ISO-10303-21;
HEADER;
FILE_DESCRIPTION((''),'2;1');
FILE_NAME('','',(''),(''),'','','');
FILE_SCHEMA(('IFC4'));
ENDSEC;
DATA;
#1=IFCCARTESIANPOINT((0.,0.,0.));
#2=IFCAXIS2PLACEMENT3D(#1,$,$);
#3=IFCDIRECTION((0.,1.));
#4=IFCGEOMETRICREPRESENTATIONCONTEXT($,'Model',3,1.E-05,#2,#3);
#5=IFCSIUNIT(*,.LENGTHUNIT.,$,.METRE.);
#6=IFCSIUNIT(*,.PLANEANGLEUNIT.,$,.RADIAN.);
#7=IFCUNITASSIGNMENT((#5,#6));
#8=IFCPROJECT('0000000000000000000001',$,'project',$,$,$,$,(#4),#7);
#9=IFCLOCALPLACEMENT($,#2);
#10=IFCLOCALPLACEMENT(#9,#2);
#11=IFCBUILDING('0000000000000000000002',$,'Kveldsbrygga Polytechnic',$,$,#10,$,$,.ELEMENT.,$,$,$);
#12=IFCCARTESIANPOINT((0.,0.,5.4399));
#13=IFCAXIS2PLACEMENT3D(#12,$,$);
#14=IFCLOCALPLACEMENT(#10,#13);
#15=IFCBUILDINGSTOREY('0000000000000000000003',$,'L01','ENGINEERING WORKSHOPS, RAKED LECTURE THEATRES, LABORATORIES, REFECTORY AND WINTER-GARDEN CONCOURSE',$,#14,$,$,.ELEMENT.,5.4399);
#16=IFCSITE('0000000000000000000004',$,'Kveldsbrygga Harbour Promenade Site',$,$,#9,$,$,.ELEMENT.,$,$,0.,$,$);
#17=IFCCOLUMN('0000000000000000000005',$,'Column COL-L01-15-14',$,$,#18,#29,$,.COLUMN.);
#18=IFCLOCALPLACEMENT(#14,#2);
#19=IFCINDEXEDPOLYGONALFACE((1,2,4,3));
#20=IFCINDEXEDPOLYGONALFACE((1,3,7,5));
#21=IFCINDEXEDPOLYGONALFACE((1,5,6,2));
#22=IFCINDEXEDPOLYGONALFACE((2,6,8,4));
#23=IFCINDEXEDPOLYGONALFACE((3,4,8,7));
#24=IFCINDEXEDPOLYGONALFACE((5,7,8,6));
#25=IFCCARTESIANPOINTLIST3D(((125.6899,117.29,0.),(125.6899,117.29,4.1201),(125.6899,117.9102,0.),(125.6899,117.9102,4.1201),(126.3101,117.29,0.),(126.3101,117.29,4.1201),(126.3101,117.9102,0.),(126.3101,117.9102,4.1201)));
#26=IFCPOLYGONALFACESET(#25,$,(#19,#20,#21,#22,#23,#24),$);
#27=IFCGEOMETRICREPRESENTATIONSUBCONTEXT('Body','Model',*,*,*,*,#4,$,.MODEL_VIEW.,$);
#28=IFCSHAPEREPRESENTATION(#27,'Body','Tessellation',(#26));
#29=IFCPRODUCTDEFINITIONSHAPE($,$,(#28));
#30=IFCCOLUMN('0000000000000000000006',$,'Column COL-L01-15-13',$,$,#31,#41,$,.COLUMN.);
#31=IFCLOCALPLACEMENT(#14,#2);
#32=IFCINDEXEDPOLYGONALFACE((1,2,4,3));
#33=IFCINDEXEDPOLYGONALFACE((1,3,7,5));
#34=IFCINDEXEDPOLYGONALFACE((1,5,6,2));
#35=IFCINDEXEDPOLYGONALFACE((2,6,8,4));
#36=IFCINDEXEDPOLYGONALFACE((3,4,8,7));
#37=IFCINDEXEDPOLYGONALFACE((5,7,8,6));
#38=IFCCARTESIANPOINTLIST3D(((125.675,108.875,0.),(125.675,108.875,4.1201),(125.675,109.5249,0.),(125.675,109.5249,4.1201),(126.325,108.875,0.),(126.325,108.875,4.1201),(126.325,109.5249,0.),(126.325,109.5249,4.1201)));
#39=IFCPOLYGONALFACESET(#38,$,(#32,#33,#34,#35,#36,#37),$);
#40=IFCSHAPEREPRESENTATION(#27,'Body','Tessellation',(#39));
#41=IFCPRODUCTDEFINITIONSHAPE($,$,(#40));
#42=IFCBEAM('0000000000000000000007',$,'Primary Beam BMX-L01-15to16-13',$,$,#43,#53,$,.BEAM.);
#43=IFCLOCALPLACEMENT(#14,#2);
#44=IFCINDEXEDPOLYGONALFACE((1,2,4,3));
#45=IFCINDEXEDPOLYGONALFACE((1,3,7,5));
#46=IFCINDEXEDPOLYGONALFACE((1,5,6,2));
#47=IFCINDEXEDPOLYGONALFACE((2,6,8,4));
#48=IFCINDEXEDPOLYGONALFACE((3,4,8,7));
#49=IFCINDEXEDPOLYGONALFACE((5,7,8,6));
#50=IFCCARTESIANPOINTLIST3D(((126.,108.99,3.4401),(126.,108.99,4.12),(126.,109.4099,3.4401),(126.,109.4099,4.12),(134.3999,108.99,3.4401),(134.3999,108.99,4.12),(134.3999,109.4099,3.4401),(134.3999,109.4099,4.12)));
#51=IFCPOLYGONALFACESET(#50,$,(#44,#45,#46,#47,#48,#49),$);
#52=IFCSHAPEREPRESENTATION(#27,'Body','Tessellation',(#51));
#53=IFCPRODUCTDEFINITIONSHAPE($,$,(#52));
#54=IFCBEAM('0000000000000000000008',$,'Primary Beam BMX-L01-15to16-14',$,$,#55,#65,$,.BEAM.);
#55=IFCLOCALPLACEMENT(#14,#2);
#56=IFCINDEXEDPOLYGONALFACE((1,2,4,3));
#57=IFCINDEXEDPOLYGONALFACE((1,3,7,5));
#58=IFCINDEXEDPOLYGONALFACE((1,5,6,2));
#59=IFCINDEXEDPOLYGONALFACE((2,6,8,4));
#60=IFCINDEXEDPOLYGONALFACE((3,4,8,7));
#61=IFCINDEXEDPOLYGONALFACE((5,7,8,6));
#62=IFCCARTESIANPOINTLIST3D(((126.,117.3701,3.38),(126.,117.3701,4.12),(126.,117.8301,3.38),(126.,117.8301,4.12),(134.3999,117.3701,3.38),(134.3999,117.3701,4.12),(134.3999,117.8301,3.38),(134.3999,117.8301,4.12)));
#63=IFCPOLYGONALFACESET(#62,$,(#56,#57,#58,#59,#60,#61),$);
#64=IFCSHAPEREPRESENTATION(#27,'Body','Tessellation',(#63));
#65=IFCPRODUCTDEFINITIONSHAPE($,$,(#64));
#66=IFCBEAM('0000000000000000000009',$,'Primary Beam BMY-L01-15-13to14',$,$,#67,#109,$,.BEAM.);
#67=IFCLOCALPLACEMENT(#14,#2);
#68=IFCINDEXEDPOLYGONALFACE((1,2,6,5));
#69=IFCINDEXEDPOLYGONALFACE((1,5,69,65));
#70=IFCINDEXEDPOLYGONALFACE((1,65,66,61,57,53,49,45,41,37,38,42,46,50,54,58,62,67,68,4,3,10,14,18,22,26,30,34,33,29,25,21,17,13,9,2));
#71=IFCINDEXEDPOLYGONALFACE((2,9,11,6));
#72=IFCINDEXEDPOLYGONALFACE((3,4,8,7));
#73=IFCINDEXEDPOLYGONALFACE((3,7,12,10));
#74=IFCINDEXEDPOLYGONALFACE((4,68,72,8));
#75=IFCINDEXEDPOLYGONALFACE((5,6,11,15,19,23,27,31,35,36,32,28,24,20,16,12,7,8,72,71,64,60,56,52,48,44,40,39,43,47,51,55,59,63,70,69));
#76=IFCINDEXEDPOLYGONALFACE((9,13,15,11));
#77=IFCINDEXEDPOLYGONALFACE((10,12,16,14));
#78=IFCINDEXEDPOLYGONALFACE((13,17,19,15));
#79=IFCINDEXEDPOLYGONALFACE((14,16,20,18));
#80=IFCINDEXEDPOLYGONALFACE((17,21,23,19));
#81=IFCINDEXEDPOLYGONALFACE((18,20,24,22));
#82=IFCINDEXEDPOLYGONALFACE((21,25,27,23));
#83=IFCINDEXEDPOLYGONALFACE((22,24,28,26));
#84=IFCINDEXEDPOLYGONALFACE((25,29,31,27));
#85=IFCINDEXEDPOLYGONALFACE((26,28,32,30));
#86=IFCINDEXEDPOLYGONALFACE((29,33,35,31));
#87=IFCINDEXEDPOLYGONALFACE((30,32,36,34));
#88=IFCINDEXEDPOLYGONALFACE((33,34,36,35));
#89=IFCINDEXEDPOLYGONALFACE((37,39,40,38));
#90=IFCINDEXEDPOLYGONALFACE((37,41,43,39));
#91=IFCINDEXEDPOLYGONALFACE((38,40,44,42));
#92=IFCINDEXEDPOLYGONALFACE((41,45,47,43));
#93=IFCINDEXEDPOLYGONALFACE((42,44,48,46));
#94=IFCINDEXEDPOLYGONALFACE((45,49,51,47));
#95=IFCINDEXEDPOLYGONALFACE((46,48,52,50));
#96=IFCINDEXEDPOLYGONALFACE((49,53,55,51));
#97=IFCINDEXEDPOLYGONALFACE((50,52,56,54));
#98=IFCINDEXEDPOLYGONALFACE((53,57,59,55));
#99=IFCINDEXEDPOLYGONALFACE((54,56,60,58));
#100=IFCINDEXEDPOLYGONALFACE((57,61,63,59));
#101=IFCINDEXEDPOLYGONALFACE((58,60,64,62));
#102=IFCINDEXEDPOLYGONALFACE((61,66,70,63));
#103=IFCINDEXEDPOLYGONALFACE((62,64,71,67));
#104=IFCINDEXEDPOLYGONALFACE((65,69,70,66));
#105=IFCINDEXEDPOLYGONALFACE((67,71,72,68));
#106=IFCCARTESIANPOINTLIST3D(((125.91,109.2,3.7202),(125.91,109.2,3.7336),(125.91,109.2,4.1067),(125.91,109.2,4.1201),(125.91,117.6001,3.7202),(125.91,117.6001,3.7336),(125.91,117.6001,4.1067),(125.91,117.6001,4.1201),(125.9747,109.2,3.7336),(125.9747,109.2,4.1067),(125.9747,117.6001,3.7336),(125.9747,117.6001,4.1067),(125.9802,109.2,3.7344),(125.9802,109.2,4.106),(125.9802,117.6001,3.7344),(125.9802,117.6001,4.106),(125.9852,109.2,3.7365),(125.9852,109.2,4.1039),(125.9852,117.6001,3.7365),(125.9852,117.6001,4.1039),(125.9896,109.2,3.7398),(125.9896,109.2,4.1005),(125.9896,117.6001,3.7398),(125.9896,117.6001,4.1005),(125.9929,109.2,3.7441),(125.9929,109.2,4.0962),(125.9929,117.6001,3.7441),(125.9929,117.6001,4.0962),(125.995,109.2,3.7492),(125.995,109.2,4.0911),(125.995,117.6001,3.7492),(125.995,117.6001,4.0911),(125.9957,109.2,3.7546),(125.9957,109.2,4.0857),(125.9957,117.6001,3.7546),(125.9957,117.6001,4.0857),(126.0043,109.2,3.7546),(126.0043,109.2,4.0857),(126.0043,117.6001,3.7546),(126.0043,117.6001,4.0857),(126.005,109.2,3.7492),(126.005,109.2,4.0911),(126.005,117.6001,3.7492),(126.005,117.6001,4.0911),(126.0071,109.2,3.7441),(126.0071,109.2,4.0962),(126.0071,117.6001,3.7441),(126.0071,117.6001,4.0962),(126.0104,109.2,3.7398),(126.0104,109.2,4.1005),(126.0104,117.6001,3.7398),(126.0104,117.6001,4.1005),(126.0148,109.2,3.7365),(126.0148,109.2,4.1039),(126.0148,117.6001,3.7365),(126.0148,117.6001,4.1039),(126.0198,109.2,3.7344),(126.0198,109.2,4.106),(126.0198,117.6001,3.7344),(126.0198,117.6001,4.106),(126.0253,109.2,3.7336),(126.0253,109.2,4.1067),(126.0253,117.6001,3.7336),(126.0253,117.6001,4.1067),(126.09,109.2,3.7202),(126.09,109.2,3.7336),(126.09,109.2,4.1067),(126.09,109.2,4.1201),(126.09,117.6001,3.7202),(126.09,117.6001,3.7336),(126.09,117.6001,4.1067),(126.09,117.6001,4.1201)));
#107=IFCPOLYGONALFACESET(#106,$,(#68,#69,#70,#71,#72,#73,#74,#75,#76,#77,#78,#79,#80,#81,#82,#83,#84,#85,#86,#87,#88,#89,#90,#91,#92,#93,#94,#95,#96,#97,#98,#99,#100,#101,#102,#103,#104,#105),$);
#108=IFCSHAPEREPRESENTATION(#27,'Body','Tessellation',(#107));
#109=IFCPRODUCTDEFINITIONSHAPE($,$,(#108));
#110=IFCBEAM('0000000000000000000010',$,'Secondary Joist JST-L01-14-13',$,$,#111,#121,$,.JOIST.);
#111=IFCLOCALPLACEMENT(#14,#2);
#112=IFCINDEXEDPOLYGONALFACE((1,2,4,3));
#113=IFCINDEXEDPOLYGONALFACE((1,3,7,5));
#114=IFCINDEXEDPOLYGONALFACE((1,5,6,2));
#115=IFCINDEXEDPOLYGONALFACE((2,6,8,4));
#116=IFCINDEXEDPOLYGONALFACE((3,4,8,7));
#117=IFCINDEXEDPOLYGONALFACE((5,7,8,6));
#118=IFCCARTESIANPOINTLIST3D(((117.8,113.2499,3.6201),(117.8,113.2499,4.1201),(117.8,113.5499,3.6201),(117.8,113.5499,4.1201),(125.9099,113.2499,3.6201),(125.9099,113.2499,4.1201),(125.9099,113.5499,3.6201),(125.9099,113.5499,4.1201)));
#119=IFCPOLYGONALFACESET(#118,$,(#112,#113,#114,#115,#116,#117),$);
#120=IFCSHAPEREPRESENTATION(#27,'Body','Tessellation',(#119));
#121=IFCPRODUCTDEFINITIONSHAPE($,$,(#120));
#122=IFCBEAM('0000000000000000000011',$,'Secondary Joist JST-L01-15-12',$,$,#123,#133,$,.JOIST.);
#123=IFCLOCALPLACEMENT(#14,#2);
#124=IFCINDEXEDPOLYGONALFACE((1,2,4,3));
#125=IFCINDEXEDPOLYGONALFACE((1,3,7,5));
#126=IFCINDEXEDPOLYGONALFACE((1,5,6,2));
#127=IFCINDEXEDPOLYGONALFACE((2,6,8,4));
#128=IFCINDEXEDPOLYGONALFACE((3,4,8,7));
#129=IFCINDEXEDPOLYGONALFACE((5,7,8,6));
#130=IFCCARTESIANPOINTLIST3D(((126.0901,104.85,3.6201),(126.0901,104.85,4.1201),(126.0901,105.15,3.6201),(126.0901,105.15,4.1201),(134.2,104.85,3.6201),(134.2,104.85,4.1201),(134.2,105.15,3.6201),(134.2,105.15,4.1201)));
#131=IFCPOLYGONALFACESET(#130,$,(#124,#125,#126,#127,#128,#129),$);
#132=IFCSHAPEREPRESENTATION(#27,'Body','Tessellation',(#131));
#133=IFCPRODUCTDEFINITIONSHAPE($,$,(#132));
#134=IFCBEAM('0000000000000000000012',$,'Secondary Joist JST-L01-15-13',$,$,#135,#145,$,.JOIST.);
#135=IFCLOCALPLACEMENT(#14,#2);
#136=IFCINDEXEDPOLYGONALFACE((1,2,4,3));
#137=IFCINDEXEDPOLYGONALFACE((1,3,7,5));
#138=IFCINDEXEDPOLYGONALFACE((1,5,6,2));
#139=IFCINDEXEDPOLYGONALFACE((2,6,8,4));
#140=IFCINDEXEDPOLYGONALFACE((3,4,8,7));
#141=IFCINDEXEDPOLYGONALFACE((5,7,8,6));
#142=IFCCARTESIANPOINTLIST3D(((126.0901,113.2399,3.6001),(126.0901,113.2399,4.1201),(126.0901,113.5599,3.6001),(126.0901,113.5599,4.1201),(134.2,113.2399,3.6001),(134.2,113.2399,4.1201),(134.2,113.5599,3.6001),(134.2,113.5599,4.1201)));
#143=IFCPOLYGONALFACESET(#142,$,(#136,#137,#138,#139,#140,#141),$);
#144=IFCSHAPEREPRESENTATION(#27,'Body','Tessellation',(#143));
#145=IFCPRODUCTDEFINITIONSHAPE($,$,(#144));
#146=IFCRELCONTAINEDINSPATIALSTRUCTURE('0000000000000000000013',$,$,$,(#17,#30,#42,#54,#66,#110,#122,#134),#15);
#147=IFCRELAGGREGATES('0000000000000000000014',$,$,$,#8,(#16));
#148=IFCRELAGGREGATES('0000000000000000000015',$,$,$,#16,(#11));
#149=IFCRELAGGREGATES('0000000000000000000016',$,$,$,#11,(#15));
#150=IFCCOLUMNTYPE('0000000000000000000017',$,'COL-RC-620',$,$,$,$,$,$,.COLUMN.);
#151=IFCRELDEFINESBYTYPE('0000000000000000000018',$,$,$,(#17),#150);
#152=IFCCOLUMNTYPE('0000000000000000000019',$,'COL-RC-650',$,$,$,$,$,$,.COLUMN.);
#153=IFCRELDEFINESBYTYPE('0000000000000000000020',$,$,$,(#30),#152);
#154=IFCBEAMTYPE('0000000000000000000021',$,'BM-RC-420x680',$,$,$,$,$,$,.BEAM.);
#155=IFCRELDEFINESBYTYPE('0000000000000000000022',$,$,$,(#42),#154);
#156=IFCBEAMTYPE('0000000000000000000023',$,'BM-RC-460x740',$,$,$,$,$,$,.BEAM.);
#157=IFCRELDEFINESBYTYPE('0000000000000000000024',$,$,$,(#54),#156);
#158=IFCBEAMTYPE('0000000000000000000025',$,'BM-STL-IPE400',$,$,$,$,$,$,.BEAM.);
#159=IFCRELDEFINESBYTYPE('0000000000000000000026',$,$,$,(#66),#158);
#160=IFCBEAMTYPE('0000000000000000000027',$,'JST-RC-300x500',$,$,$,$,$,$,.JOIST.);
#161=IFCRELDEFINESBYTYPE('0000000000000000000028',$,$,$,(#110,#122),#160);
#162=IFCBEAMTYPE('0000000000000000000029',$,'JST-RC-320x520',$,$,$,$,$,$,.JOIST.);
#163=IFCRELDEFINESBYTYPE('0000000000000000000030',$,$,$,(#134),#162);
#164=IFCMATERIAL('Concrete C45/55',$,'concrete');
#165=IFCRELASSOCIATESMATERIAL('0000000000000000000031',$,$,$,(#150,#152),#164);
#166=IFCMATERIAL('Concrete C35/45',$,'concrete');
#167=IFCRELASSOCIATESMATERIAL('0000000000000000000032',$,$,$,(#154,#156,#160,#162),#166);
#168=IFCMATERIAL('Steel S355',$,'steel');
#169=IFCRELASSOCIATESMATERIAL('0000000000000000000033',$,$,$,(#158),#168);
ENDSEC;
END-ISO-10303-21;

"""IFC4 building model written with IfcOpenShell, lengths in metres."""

from ifc_helpers import new_model, si_unit, direction, frame, origin, origin_2d, place, context, subcontext, project, spatial, rectangle, i_section, extrude, material, material_profile, profile_set, type_object, element, save


model = new_model("IFC4")

# Units and contexts
model_context = context("Model", 3, precision=1e-05, world=origin(), true_north=direction((0.0, 1.0)))
body_context = subcontext(model_context, "Body", "Model", "MODEL_VIEW")
ifc_project = project(units=[si_unit("LENGTHUNIT", "METRE"), si_unit("PLANEANGLEUNIT", "RADIAN")], contexts=[model_context])

# Site, building, storey
site_placement = place(None, origin())
site = spatial("IfcSite", under=ifc_project, at=site_placement, Name="Kveldsbrygga Harbour Promenade Site", CompositionType="ELEMENT", RefElevation=0.0)
building_placement = place(site_placement, origin())
building = spatial("IfcBuilding", under=site, at=building_placement, Name="Kveldsbrygga Polytechnic", CompositionType="ELEMENT")
storey_placement = place(building_placement, frame((0.0, 0.0, 5.4399)))
storey = spatial("IfcBuildingStorey", under=building, at=storey_placement, Name="L01", Description="ENGINEERING WORKSHOPS, RAKED LECTURE THEATRES, LABORATORIES, REFECTORY AND WINTER-GARDEN CONCOURSE", CompositionType="ELEMENT", Elevation=5.4399)

# Columns
ifc_material_1 = material(Name="Concrete C45/55", Category="concrete")
ifc_material_profile_1 = material_profile(ifc_material_1, rectangle(XDim=0.6201, YDim=0.6201, at=origin_2d()), Name="RC 620x620")
ifc_profile_set_1 = profile_set([ifc_material_profile_1], Name="Concrete C45/55")
column_type_1 = type_object("IfcColumnType", Name="COL-RC-620", PredefinedType="COLUMN", material=ifc_profile_set_1)
column_1_placement = place(storey_placement, frame((126.0, 117.6001, 0.0), z_axis=(0.0, 0.0, 1.0), x_axis=(1.0, 0.0, 0.0)))
element("IfcColumn", 1, at=column_1_placement, inside=storey, type_object=column_type_1, Name="Column COL-L01-15-14", PredefinedType="COLUMN", context=body_context, shape_type="SweptSolid", body=[
    extrude(rectangle(XDim=0.6201, YDim=0.6201, at=origin_2d()), origin(), (0.0, 0.0, 1.0), 4.1201),
])
ifc_material_profile_2 = material_profile(ifc_material_1, rectangle(XDim=0.6499, YDim=0.6499, at=origin_2d()), Name="RC 650x650")
ifc_profile_set_2 = profile_set([ifc_material_profile_2], Name="Concrete C45/55")
column_type_2 = type_object("IfcColumnType", Name="COL-RC-650", PredefinedType="COLUMN", material=ifc_profile_set_2)
column_2_placement = place(storey_placement, frame((126.0, 109.2, 0.0), z_axis=(0.0, 0.0, 1.0), x_axis=(1.0, 0.0, 0.0)))
element("IfcColumn", 2, at=column_2_placement, inside=storey, type_object=column_type_2, Name="Column COL-L01-15-13", PredefinedType="COLUMN", context=body_context, shape_type="SweptSolid", body=[
    extrude(rectangle(XDim=0.6499, YDim=0.6499, at=origin_2d()), origin(), (0.0, 0.0, 1.0), 4.1201),
])

# Beams
ifc_material_2 = material(Name="Concrete C35/45", Category="concrete")
ifc_material_profile_3 = material_profile(ifc_material_2, rectangle(XDim=0.4199, YDim=0.6799, at=origin_2d()), Name="RC 420x680")
ifc_profile_set_3 = profile_set([ifc_material_profile_3], Name="Concrete C35/45")
beam_type_1 = type_object("IfcBeamType", Name="BM-RC-420x680", PredefinedType="BEAM", material=ifc_profile_set_3)
beam_1_placement = place(storey_placement, frame((126.0, 109.2, 3.78), z_axis=(1.0, 0.0, 0.0), x_axis=(0.0, 1.0, 0.0)))
element("IfcBeam", 3, at=beam_1_placement, inside=storey, type_object=beam_type_1, Name="Primary Beam BMX-L01-15to16-13", PredefinedType="BEAM", context=body_context, shape_type="SweptSolid", body=[
    extrude(rectangle(XDim=0.4199, YDim=0.6799, at=origin_2d()), origin(), (0.0, 0.0, 1.0), 8.3999),
])
ifc_material_profile_4 = material_profile(ifc_material_2, rectangle(XDim=0.46, YDim=0.74, at=origin_2d()), Name="RC 460x740")
ifc_profile_set_4 = profile_set([ifc_material_profile_4], Name="Concrete C35/45")
beam_type_2 = type_object("IfcBeamType", Name="BM-RC-460x740", PredefinedType="BEAM", material=ifc_profile_set_4)
beam_2_placement = place(storey_placement, frame((126.0, 117.6001, 3.75), z_axis=(1.0, 0.0, 0.0), x_axis=(0.0, 1.0, 0.0)))
element("IfcBeam", 4, at=beam_2_placement, inside=storey, type_object=beam_type_2, Name="Primary Beam BMX-L01-15to16-14", PredefinedType="BEAM", context=body_context, shape_type="SweptSolid", body=[
    extrude(rectangle(XDim=0.46, YDim=0.74, at=origin_2d()), origin(), (0.0, 0.0, 1.0), 8.3999),
])
ifc_material_3 = material(Name="Steel S355", Category="steel")
ifc_material_profile_5 = material_profile(ifc_material_3, i_section(OverallWidth=0.1799, OverallDepth=0.3999, WebThickness=0.0085, FlangeThickness=0.0134, FilletRadius=0.021, at=origin_2d()), Name="IPE 400")
ifc_profile_set_5 = profile_set([ifc_material_profile_5], Name="Steel S355")
beam_type_3 = type_object("IfcBeamType", Name="BM-STL-IPE400", PredefinedType="BEAM", material=ifc_profile_set_5)
beam_3_placement = place(storey_placement, frame((126.0, 109.2, 3.9202), z_axis=(0.0, 1.0, 0.0), x_axis=(-1.0, 0.0, 0.0)))
element("IfcBeam", 5, at=beam_3_placement, inside=storey, type_object=beam_type_3, Name="Primary Beam BMY-L01-15-13to14", PredefinedType="BEAM", context=body_context, shape_type="SweptSolid", body=[
    extrude(i_section(OverallWidth=0.1799, OverallDepth=0.3999, WebThickness=0.0085, FlangeThickness=0.0134, FilletRadius=0.021, at=origin_2d()), origin(), (0.0, 0.0, 1.0), 8.4001),
])
ifc_material_profile_6 = material_profile(ifc_material_2, rectangle(XDim=0.3, YDim=0.5, at=origin_2d()), Name="RC 300x500")
ifc_profile_set_6 = profile_set([ifc_material_profile_6], Name="Concrete C35/45")
beam_type_4 = type_object("IfcBeamType", Name="JST-RC-300x500", PredefinedType="JOIST", material=ifc_profile_set_6)
for number, where, z_axis, x_axis, name in (
    (6, (117.8, 113.3999, 3.8701), (1.0, 0.0, 0.0), (0.0, 1.0, 0.0), "Secondary Joist JST-L01-14-13"),
    (7, (126.0901, 105.0, 3.8701), (1.0, 0.0, 0.0), (0.0, 1.0, 0.0), "Secondary Joist JST-L01-15-12"),
):
    element("IfcBeam", number, at=place(storey_placement, frame(where, z_axis=z_axis, x_axis=x_axis)), inside=storey, type_object=beam_type_4, Name=name, PredefinedType="JOIST", context=body_context, shape_type="SweptSolid", body=[
        extrude(rectangle(XDim=0.3, YDim=0.5, at=origin_2d()), origin(), (0.0, 0.0, 1.0), 8.1099),
    ])
ifc_material_profile_7 = material_profile(ifc_material_2, rectangle(XDim=0.3201, YDim=0.52, at=origin_2d()), Name="RC 320x520")
ifc_profile_set_7 = profile_set([ifc_material_profile_7], Name="Concrete C35/45")
beam_type_5 = type_object("IfcBeamType", Name="JST-RC-320x520", PredefinedType="JOIST", material=ifc_profile_set_7)
beam_4_placement = place(storey_placement, frame((126.0901, 113.3999, 3.8601), z_axis=(1.0, 0.0, 0.0), x_axis=(0.0, 1.0, 0.0)))
element("IfcBeam", 8, at=beam_4_placement, inside=storey, type_object=beam_type_5, Name="Secondary Joist JST-L01-15-13", PredefinedType="JOIST", context=body_context, shape_type="SweptSolid", body=[
    extrude(rectangle(XDim=0.3201, YDim=0.52, at=origin_2d()), origin(), (0.0, 0.0, 1.0), 8.1099),
])

save(model, "model.ifc")
